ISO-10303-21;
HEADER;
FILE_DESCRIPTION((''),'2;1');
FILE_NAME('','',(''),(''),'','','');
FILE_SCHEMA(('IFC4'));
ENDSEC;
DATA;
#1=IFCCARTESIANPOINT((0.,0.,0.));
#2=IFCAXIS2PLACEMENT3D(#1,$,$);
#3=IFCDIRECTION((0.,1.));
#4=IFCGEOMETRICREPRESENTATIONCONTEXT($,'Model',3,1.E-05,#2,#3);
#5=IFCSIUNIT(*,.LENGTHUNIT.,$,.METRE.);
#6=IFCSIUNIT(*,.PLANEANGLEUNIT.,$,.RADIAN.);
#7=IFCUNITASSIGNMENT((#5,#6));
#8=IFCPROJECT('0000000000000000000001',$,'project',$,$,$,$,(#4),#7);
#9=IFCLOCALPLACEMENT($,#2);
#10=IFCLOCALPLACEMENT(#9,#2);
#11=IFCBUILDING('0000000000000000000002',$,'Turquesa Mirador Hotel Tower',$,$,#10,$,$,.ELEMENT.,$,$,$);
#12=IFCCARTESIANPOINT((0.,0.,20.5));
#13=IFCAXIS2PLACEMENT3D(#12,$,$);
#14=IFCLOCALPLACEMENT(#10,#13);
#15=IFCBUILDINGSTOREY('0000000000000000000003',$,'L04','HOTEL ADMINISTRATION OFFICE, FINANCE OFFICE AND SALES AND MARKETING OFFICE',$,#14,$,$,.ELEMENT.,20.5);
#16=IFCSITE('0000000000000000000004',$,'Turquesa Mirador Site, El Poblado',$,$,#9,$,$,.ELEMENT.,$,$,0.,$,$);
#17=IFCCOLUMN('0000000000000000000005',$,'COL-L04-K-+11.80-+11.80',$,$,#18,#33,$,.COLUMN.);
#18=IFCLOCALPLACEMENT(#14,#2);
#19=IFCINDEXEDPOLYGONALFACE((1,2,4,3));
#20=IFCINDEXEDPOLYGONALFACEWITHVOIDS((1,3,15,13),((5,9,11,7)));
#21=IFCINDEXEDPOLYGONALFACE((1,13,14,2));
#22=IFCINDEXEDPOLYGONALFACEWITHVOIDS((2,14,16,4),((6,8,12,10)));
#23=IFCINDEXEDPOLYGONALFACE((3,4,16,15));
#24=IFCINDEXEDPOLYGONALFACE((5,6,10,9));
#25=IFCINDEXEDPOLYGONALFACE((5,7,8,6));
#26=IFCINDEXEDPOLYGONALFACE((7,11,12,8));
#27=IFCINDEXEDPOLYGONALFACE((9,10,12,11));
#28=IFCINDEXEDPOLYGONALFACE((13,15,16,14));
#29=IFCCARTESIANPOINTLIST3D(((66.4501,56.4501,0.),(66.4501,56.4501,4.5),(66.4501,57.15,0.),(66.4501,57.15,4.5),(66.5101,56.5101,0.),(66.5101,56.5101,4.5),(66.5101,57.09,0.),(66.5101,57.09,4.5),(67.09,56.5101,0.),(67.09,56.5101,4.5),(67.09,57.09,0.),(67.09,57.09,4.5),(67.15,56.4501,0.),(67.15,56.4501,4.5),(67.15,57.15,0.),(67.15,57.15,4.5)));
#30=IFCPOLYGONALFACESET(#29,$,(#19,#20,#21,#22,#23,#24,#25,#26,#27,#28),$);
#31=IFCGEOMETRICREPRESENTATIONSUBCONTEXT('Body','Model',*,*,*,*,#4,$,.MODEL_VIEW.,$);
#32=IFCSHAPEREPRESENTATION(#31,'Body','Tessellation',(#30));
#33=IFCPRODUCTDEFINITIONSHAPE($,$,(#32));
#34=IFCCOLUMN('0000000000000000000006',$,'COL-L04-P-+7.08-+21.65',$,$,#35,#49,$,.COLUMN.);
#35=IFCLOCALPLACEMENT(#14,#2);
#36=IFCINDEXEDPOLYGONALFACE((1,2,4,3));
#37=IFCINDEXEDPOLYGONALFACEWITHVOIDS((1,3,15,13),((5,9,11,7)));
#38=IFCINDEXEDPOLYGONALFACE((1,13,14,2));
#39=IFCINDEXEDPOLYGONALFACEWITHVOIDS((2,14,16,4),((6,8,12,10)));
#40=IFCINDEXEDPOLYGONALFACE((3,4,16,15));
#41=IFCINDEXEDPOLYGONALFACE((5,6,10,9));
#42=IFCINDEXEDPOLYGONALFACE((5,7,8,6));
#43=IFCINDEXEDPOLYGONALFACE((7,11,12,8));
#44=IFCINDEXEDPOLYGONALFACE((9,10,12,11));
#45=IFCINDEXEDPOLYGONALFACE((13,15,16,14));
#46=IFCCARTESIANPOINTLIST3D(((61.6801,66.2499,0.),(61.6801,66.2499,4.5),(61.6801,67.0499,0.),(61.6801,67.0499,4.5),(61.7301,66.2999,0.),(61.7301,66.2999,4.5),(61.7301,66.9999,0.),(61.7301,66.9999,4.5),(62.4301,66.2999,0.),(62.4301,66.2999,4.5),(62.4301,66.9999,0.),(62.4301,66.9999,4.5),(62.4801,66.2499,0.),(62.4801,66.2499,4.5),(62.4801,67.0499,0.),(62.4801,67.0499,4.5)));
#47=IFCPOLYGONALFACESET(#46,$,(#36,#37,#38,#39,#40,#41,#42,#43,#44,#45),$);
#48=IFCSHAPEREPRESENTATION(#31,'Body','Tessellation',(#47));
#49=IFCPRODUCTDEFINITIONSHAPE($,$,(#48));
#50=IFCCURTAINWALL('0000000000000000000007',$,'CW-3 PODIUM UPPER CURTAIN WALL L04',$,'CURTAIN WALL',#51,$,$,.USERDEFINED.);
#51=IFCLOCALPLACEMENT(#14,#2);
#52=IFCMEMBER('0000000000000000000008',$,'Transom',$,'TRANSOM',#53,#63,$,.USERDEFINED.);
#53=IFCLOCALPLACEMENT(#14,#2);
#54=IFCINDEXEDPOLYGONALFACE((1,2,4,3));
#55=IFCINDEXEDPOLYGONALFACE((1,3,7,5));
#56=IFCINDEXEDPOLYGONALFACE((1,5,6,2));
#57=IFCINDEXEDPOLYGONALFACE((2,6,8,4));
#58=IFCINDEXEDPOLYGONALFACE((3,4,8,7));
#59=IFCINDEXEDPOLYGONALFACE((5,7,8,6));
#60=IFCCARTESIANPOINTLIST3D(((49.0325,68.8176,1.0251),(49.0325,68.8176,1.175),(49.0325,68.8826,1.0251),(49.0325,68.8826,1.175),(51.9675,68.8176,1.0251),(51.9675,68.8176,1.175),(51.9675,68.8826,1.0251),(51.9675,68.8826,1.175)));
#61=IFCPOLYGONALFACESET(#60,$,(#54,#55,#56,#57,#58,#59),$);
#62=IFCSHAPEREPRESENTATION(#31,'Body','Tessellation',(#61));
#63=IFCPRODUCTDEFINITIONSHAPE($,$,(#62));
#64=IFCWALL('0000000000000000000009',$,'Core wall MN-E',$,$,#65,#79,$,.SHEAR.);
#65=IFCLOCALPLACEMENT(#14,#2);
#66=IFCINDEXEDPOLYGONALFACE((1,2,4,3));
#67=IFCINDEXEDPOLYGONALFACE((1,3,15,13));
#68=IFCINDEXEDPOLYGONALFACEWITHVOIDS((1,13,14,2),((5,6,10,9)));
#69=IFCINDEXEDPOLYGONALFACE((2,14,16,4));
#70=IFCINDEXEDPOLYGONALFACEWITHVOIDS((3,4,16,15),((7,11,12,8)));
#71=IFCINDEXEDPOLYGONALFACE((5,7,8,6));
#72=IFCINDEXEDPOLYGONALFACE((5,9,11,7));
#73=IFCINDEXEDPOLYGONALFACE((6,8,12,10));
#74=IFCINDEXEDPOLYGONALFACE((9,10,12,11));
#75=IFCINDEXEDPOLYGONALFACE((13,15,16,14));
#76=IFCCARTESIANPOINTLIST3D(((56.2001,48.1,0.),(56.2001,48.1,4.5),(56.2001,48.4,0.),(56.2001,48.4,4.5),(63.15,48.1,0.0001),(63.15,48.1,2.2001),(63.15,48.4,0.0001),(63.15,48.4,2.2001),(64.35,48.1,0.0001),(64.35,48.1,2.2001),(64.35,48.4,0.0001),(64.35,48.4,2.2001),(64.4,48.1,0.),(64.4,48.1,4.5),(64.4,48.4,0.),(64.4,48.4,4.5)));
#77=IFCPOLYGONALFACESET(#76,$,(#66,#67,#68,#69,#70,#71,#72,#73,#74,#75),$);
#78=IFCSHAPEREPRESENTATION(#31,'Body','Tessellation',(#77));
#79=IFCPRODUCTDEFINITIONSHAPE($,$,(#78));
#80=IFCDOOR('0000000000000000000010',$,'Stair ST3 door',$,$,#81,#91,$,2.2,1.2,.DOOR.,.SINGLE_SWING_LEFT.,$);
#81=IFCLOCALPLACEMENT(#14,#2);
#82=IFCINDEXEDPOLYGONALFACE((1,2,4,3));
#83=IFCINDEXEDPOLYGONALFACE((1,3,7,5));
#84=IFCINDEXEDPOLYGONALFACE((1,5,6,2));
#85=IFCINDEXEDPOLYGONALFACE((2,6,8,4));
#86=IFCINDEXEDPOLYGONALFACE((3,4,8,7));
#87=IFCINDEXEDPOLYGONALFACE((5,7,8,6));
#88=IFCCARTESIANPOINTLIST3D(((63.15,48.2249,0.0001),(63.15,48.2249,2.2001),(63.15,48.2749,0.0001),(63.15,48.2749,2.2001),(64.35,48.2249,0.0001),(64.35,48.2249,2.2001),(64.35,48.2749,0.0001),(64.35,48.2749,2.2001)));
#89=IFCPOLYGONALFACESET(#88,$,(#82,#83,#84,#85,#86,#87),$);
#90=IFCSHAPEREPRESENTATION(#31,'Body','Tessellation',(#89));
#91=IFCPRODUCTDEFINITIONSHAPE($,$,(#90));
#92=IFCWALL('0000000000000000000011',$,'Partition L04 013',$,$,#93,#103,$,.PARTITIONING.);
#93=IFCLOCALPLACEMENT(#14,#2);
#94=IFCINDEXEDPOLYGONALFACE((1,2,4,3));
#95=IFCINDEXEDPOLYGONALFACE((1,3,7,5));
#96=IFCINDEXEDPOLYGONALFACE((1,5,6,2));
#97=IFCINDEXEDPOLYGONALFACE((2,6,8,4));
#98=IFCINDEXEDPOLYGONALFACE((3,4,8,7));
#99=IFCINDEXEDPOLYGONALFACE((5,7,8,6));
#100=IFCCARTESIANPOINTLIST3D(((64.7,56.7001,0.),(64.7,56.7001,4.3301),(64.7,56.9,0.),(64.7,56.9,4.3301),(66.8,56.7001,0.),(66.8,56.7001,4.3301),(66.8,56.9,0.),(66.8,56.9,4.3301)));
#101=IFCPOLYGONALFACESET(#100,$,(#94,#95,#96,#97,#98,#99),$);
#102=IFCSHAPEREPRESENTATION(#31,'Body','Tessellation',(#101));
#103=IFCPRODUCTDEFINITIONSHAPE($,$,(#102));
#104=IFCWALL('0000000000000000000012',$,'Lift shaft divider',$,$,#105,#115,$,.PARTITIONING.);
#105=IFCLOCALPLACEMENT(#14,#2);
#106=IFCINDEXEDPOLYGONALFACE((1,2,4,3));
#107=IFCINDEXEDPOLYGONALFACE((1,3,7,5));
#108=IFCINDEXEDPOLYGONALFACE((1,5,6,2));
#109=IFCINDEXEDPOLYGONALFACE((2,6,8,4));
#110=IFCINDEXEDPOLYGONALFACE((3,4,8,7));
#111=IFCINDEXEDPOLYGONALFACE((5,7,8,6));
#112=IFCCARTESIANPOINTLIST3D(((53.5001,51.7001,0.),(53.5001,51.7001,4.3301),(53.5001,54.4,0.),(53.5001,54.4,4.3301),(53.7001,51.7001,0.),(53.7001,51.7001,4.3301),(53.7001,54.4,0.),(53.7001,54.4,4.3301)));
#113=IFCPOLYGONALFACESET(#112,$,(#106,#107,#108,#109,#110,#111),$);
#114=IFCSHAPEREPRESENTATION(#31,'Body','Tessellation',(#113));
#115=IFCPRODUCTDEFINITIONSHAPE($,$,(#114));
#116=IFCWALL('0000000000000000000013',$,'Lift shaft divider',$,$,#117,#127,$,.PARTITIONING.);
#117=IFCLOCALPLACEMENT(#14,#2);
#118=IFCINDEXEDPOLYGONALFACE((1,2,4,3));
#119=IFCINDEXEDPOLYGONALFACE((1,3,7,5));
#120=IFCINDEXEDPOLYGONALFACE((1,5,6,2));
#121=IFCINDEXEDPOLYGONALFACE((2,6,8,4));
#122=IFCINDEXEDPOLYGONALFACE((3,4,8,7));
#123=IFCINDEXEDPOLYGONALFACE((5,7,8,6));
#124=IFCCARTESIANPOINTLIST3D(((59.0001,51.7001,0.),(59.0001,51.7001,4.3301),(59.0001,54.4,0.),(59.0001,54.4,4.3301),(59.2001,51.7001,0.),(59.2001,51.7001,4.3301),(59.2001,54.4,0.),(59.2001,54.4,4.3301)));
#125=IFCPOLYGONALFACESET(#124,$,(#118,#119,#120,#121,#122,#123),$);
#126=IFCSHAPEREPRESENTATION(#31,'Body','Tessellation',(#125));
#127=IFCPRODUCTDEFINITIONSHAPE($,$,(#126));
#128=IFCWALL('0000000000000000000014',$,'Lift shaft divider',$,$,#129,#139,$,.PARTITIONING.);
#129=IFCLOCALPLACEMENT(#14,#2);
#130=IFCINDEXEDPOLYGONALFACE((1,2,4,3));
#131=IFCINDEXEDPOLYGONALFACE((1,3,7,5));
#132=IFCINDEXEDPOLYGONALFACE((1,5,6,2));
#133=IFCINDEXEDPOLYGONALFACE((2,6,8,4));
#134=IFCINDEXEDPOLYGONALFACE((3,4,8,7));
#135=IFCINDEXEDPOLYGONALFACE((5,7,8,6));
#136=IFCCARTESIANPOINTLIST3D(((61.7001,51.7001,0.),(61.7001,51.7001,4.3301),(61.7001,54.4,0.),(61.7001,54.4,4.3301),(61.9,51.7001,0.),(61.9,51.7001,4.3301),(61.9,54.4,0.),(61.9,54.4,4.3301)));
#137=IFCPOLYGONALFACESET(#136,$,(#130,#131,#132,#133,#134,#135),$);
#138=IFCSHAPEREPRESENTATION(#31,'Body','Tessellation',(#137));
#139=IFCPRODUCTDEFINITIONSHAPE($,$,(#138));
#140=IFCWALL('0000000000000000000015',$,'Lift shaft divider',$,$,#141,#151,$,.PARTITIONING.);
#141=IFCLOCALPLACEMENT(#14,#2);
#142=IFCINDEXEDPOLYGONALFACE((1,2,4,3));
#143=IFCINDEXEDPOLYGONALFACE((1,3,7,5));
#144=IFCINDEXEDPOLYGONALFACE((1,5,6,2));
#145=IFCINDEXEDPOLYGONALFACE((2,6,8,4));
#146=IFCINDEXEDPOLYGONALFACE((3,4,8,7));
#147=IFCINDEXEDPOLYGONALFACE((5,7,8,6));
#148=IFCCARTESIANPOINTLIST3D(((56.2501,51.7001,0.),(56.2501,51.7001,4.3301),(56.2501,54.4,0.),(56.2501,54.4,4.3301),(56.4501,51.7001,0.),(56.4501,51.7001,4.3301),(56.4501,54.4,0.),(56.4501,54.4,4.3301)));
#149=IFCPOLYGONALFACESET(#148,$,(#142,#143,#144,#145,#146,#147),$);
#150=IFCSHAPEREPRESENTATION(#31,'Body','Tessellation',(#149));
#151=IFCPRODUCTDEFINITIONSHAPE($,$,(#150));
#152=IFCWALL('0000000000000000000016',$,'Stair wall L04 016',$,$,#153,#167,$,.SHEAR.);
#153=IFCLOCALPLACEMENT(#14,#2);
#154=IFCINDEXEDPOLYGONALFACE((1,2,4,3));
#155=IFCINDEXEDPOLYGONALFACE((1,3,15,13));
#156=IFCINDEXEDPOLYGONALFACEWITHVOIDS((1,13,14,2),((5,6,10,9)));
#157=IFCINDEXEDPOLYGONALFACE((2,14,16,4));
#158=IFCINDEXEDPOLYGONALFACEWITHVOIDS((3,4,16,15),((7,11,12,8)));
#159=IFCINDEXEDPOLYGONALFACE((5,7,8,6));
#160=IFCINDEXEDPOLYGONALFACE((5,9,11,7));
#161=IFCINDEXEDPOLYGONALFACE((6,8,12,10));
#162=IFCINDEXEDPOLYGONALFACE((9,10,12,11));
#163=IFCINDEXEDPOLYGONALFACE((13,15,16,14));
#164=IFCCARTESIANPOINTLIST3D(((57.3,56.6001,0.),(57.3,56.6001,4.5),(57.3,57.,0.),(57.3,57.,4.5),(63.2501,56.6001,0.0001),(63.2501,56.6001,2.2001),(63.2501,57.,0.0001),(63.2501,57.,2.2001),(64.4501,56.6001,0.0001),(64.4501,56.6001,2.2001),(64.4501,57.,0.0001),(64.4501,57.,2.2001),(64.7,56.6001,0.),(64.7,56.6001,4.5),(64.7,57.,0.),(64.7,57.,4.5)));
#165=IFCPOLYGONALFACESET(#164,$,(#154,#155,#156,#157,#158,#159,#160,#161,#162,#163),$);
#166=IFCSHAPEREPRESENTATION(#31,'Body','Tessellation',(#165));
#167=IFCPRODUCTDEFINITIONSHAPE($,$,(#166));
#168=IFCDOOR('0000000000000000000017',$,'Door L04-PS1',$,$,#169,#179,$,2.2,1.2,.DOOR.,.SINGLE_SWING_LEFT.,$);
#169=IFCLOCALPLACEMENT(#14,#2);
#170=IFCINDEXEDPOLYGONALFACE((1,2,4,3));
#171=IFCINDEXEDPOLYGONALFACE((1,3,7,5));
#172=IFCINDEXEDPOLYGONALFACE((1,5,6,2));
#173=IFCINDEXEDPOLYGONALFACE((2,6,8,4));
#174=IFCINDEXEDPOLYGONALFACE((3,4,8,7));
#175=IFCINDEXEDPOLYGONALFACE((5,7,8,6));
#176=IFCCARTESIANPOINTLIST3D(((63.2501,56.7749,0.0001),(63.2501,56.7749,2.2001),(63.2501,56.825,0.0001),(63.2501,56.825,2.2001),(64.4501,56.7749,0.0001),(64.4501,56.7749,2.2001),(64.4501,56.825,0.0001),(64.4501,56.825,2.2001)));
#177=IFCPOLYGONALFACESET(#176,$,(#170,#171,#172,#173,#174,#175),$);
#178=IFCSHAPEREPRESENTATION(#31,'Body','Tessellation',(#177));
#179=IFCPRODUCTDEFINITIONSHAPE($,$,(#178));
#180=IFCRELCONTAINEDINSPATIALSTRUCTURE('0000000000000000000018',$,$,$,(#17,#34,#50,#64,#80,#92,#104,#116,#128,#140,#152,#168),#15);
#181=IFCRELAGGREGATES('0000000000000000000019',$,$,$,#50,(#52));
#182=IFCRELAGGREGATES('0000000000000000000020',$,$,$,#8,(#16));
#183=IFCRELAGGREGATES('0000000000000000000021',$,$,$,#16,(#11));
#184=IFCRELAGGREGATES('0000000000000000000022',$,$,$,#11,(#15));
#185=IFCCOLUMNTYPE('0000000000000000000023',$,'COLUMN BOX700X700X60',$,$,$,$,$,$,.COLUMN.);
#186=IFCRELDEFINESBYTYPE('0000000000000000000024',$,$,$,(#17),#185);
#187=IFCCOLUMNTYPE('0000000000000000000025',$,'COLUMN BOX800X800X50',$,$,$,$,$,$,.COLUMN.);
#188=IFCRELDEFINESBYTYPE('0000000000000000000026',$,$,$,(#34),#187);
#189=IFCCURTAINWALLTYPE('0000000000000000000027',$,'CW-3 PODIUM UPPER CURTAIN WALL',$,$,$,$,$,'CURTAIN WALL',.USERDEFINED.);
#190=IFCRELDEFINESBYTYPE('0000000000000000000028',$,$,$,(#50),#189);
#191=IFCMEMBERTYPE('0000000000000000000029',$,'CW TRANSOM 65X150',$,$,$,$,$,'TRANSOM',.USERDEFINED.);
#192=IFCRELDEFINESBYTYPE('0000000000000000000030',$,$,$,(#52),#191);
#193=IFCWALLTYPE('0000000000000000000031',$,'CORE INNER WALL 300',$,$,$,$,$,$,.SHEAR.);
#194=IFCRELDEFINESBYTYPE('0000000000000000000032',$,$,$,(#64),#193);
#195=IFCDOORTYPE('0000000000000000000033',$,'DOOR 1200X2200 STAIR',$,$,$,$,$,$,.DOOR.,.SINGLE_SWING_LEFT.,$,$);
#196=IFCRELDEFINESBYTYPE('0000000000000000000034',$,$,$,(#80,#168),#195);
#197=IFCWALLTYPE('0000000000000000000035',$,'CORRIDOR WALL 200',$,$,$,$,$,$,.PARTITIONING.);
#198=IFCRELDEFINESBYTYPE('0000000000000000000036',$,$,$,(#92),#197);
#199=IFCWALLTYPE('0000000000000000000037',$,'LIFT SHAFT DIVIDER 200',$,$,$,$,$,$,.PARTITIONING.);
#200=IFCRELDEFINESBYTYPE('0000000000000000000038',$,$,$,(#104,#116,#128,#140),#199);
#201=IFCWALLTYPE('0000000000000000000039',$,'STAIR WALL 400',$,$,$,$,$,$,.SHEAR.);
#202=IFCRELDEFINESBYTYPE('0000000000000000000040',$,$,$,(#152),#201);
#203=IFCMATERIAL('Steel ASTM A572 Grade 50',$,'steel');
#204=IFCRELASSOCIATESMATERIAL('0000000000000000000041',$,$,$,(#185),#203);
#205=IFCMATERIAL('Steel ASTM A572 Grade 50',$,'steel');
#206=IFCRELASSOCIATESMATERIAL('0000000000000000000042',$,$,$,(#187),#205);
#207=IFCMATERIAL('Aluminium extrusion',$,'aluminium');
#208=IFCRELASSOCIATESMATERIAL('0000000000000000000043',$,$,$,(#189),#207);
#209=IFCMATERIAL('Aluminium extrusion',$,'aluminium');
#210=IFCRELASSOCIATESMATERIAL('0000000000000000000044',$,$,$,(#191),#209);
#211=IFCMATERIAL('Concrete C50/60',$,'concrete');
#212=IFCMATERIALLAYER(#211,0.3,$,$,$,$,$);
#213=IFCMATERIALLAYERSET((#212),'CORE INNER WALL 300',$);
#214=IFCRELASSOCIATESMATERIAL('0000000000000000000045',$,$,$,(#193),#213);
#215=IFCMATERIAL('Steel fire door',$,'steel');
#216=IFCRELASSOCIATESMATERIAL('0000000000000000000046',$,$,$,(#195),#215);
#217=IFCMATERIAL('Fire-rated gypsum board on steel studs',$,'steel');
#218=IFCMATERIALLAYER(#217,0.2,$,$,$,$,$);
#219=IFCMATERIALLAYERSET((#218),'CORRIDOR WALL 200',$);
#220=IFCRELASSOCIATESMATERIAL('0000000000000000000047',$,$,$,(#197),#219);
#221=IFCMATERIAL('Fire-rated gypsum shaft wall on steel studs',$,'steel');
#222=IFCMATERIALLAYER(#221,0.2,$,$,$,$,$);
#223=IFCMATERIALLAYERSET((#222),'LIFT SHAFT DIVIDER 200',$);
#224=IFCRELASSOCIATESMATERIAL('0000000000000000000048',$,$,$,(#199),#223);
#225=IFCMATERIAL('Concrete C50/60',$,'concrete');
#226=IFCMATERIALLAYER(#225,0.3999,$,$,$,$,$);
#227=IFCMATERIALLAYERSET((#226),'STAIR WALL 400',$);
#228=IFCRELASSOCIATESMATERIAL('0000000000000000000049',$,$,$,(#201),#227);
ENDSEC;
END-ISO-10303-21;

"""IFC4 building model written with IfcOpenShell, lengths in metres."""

from ifc_helpers import new_model, si_unit, direction, frame, frame_2d, origin, origin_2d, place, context, subcontext, project, spatial, rectangle, hollow_rectangle, extrude, material, layer, layer_set, material_profile, profile_set, type_object, element, fill, aggregate, save


model = new_model("IFC4")

# Units and contexts
model_context = context("Model", 3, precision=1e-05, world=origin(), true_north=direction((0.0, 1.0)))
body_context = subcontext(model_context, "Body", "Model", "MODEL_VIEW")
ifc_project = project(units=[si_unit("LENGTHUNIT", "METRE"), si_unit("PLANEANGLEUNIT", "RADIAN")], contexts=[model_context])

# Site, building, storey
site_placement = place(None, origin())
site = spatial("IfcSite", under=ifc_project, at=site_placement, Name="Turquesa Mirador Site, El Poblado", CompositionType="ELEMENT", RefElevation=0.0)
building_placement = place(site_placement, origin())
building = spatial("IfcBuilding", under=site, at=building_placement, Name="Turquesa Mirador Hotel Tower", CompositionType="ELEMENT")
storey_placement = place(building_placement, frame((0.0, 0.0, 20.5)))
storey = spatial("IfcBuildingStorey", under=building, at=storey_placement, Name="L04", Description="HOTEL ADMINISTRATION OFFICE, FINANCE OFFICE AND SALES AND MARKETING OFFICE", CompositionType="ELEMENT", Elevation=20.5)

# Columns
ifc_material_1 = material(Name="Steel ASTM A572 Grade 50", Category="steel")
ifc_material_profile_1 = material_profile(ifc_material_1, hollow_rectangle(XDim=0.7, YDim=0.7, WallThickness=0.0601, at=origin_2d()), Name="BOX700X700X60")
ifc_profile_set_1 = profile_set([ifc_material_profile_1], Name="Steel ASTM A572 Grade 50")
column_type_1 = type_object("IfcColumnType", Name="COLUMN BOX700X700X60", PredefinedType="COLUMN", material=ifc_profile_set_1)
column_1_placement = place(storey_placement, frame((66.8, 56.8, 0.0), z_axis=(0.0, 0.0, 1.0), x_axis=(1.0, 0.0, 0.0)))
element("IfcColumn", 1, at=column_1_placement, inside=storey, type_object=column_type_1, Name="COL-L04-K-+11.80-+11.80", PredefinedType="COLUMN", context=body_context, shape_type="SweptSolid", body=[
    extrude(hollow_rectangle(XDim=0.7, YDim=0.7, WallThickness=0.0601, at=origin_2d()), origin(), (0.0, 0.0, 1.0), 4.5),
])
ifc_material_2 = material(Name="Steel ASTM A572 Grade 50", Category="steel")
ifc_material_profile_2 = material_profile(ifc_material_2, hollow_rectangle(XDim=0.8, YDim=0.8, WallThickness=0.05, at=origin_2d()), Name="BOX800X800X50")
ifc_profile_set_2 = profile_set([ifc_material_profile_2], Name="Steel ASTM A572 Grade 50")
column_type_2 = type_object("IfcColumnType", Name="COLUMN BOX800X800X50", PredefinedType="COLUMN", material=ifc_profile_set_2)
column_2_placement = place(storey_placement, frame((62.0801, 66.6499, 0.0), z_axis=(0.0, 0.0, 1.0), x_axis=(1.0, 0.0, 0.0)))
element("IfcColumn", 2, at=column_2_placement, inside=storey, type_object=column_type_2, Name="COL-L04-P-+7.08-+21.65", PredefinedType="COLUMN", context=body_context, shape_type="SweptSolid", body=[
    extrude(hollow_rectangle(XDim=0.8, YDim=0.8, WallThickness=0.05, at=origin_2d()), origin(), (0.0, 0.0, 1.0), 4.5),
])

# Curtain wall, member
ifc_material_3 = material(Name="Aluminium extrusion", Category="aluminium")
curtain_wall_type = type_object("IfcCurtainWallType", Name="CW-3 PODIUM UPPER CURTAIN WALL", ElementType="CURTAIN WALL", PredefinedType="USERDEFINED", material=ifc_material_3)
curtain_wall_placement = place(storey_placement, origin())
curtain_wall = element("IfcCurtainWall", 3, at=curtain_wall_placement, inside=storey, type_object=curtain_wall_type, Name="CW-3 PODIUM UPPER CURTAIN WALL L04", ObjectType="CURTAIN WALL", PredefinedType="USERDEFINED")
ifc_material_4 = material(Name="Aluminium extrusion", Category="aluminium")
ifc_material_profile_3 = material_profile(ifc_material_4, rectangle(XDim=0.0649, YDim=0.1499, at=origin_2d()), Name="TRANSOM 65X150")
ifc_profile_set_3 = profile_set([ifc_material_profile_3], Name="Aluminium extrusion")
member_type = type_object("IfcMemberType", Name="CW TRANSOM 65X150", ElementType="TRANSOM", PredefinedType="USERDEFINED", material=ifc_profile_set_3)
member_placement = place(storey_placement, frame((51.9675, 68.8501, 1.1001), z_axis=(-1.0, 0.0, 0.0), x_axis=(0.0, -1.0, 0.0)))
member = element("IfcMember", 4, at=member_placement, type_object=member_type, Name="Transom", ObjectType="TRANSOM", PredefinedType="USERDEFINED", context=body_context, shape_type="SweptSolid", body=[
    extrude(rectangle(XDim=0.0649, YDim=0.1499, at=origin_2d()), origin(), (0.0, 0.0, 1.0), 2.9351),
])
aggregate(curtain_wall, [member])

# Wall, opening, door
ifc_material_5 = material(Name="Concrete C50/60", Category="concrete")
ifc_layer_1 = layer(ifc_material_5, 0.3)
ifc_layer_set_1 = layer_set([ifc_layer_1], Name="CORE INNER WALL 300")
wall_type_1 = type_object("IfcWallType", Name="CORE INNER WALL 300", PredefinedType="SHEAR", material=ifc_layer_set_1)
wall_1_placement = place(storey_placement, frame((56.2, 48.25, 0.0), z_axis=(0.0, 0.0, 1.0), x_axis=(1.0, 0.0, 0.0)))
wall_1 = element("IfcWall", 5, at=wall_1_placement, inside=storey, type_object=wall_type_1, Name="Core wall MN-E", PredefinedType="SHEAR", context=body_context, shape_type="SweptSolid", body=[
    extrude(rectangle(XDim=8.2, YDim=0.3, at=frame_2d((4.1001, 0.0))), origin(), (0.0, 0.0, 1.0), 4.5),
])
opening_1_placement = place(wall_1_placement, frame((6.95, 0.0, 0.0)))
opening_1 = element("IfcOpeningElement", 6, at=opening_1_placement, cuts=wall_1, PredefinedType="OPENING", context=body_context, shape_type="SweptSolid", body=[
    extrude(rectangle(XDim=1.2, YDim=2.2, at=frame_2d((0.6001, 1.1001))), frame((0.0, 0.1599, 0.0), z_axis=(0.0, -1.0, 0.0), x_axis=(1.0, 0.0, 0.0)), (0.0, 0.0, 1.0), 0.3201),
])
ifc_material_6 = material(Name="Steel fire door", Category="steel")
door_type = type_object("IfcDoorType", Name="DOOR 1200X2200 STAIR", OperationType="SINGLE_SWING_LEFT", PredefinedType="DOOR", material=ifc_material_6)
door_1_placement = place(opening_1_placement, origin())
door_1 = element("IfcDoor", 7, at=door_1_placement, inside=storey, type_object=door_type, Name="Stair ST3 door", OperationType="SINGLE_SWING_LEFT", OverallHeight=2.2, OverallWidth=1.2, PredefinedType="DOOR", context=body_context, shape_type="SweptSolid", body=[
    extrude(rectangle(XDim=1.2, YDim=2.2, at=frame_2d((0.6001, 1.1001))), frame((0.0, 0.0249, 0.0), z_axis=(0.0, -1.0, 0.0), x_axis=(1.0, 0.0, 0.0)), (0.0, 0.0, 1.0), 0.05),
])
fill(opening_1, door_1)

# Walls
ifc_material_7 = material(Name="Fire-rated gypsum board on steel studs", Category="steel")
ifc_layer_2 = layer(ifc_material_7, 0.2)
ifc_layer_set_2 = layer_set([ifc_layer_2], Name="CORRIDOR WALL 200")
wall_type_2 = type_object("IfcWallType", Name="CORRIDOR WALL 200", PredefinedType="PARTITIONING", material=ifc_layer_set_2)
wall_2_placement = place(storey_placement, frame((64.7, 56.8, 0.0), z_axis=(0.0, 0.0, 1.0), x_axis=(1.0, 0.0, 0.0)))
element("IfcWall", 8, at=wall_2_placement, inside=storey, type_object=wall_type_2, Name="Partition L04 013", PredefinedType="PARTITIONING", context=body_context, shape_type="SweptSolid", body=[
    extrude(rectangle(XDim=2.1001, YDim=0.2, at=frame_2d((1.05, 0.0))), origin(), (0.0, 0.0, 1.0), 4.3301),
])
ifc_material_8 = material(Name="Fire-rated gypsum shaft wall on steel studs", Category="steel")
ifc_layer_3 = layer(ifc_material_8, 0.2)
ifc_layer_set_3 = layer_set([ifc_layer_3], Name="LIFT SHAFT DIVIDER 200")
wall_type_3 = type_object("IfcWallType", Name="LIFT SHAFT DIVIDER 200", PredefinedType="PARTITIONING", material=ifc_layer_set_3)
for number, where, z_axis, x_axis, name in (
    (9, (53.6001, 51.7, 0.0), (0.0, 0.0, 1.0), (0.0, 1.0, 0.0), "Lift shaft divider"),
    (10, (59.1001, 51.7, 0.0), (0.0, 0.0, 1.0), (0.0, 1.0, 0.0), "Lift shaft divider"),
    (11, (61.8, 51.7, 0.0), (0.0, 0.0, 1.0), (0.0, 1.0, 0.0), "Lift shaft divider"),
    (12, (56.3501, 51.7, 0.0), (0.0, 0.0, 1.0), (0.0, 1.0, 0.0), "Lift shaft divider"),
):
    element("IfcWall", number, at=place(storey_placement, frame(where, z_axis=z_axis, x_axis=x_axis)), inside=storey, type_object=wall_type_3, Name=name, PredefinedType="PARTITIONING", context=body_context, shape_type="SweptSolid", body=[
        extrude(rectangle(XDim=2.7, YDim=0.2, at=frame_2d((1.3501, 0.0))), origin(), (0.0, 0.0, 1.0), 4.3301),
    ])

# Wall, opening, door
ifc_material_9 = material(Name="Concrete C50/60", Category="concrete")
ifc_layer_4 = layer(ifc_material_9, 0.3999)
ifc_layer_set_4 = layer_set([ifc_layer_4], Name="STAIR WALL 400")
wall_type_4 = type_object("IfcWallType", Name="STAIR WALL 400", PredefinedType="SHEAR", material=ifc_layer_set_4)
wall_3_placement = place(storey_placement, frame((57.3, 56.8, 0.0), z_axis=(0.0, 0.0, 1.0), x_axis=(1.0, 0.0, 0.0)))
wall_3 = element("IfcWall", 13, at=wall_3_placement, inside=storey, type_object=wall_type_4, Name="Stair wall L04 016", PredefinedType="SHEAR", context=body_context, shape_type="SweptSolid", body=[
    extrude(rectangle(XDim=7.3999, YDim=0.3999, at=frame_2d((3.7, 0.0))), origin(), (0.0, 0.0, 1.0), 4.5),
])
opening_2_placement = place(wall_3_placement, frame((5.95, 0.0, 0.0)))
opening_2 = element("IfcOpeningElement", 14, at=opening_2_placement, cuts=wall_3, PredefinedType="OPENING", context=body_context, shape_type="SweptSolid", body=[
    extrude(rectangle(XDim=1.2, YDim=2.2, at=frame_2d((0.6001, 1.1001))), frame((0.0, 0.21, 0.0), z_axis=(0.0, -1.0, 0.0), x_axis=(1.0, 0.0, 0.0)), (0.0, 0.0, 1.0), 0.4199),
])
door_2_placement = place(opening_2_placement, origin())
door_2 = element("IfcDoor", 15, at=door_2_placement, inside=storey, type_object=door_type, Name="Door L04-PS1", OperationType="SINGLE_SWING_LEFT", OverallHeight=2.2, OverallWidth=1.2, PredefinedType="DOOR", context=body_context, shape_type="SweptSolid", body=[
    extrude(rectangle(XDim=1.2, YDim=2.2, at=frame_2d((0.6001, 1.1001))), frame((0.0, 0.0249, 0.0), z_axis=(0.0, -1.0, 0.0), x_axis=(1.0, 0.0, 0.0)), (0.0, 0.0, 1.0), 0.05),
])
fill(opening_2, door_2)

save(model, "model.ifc")
